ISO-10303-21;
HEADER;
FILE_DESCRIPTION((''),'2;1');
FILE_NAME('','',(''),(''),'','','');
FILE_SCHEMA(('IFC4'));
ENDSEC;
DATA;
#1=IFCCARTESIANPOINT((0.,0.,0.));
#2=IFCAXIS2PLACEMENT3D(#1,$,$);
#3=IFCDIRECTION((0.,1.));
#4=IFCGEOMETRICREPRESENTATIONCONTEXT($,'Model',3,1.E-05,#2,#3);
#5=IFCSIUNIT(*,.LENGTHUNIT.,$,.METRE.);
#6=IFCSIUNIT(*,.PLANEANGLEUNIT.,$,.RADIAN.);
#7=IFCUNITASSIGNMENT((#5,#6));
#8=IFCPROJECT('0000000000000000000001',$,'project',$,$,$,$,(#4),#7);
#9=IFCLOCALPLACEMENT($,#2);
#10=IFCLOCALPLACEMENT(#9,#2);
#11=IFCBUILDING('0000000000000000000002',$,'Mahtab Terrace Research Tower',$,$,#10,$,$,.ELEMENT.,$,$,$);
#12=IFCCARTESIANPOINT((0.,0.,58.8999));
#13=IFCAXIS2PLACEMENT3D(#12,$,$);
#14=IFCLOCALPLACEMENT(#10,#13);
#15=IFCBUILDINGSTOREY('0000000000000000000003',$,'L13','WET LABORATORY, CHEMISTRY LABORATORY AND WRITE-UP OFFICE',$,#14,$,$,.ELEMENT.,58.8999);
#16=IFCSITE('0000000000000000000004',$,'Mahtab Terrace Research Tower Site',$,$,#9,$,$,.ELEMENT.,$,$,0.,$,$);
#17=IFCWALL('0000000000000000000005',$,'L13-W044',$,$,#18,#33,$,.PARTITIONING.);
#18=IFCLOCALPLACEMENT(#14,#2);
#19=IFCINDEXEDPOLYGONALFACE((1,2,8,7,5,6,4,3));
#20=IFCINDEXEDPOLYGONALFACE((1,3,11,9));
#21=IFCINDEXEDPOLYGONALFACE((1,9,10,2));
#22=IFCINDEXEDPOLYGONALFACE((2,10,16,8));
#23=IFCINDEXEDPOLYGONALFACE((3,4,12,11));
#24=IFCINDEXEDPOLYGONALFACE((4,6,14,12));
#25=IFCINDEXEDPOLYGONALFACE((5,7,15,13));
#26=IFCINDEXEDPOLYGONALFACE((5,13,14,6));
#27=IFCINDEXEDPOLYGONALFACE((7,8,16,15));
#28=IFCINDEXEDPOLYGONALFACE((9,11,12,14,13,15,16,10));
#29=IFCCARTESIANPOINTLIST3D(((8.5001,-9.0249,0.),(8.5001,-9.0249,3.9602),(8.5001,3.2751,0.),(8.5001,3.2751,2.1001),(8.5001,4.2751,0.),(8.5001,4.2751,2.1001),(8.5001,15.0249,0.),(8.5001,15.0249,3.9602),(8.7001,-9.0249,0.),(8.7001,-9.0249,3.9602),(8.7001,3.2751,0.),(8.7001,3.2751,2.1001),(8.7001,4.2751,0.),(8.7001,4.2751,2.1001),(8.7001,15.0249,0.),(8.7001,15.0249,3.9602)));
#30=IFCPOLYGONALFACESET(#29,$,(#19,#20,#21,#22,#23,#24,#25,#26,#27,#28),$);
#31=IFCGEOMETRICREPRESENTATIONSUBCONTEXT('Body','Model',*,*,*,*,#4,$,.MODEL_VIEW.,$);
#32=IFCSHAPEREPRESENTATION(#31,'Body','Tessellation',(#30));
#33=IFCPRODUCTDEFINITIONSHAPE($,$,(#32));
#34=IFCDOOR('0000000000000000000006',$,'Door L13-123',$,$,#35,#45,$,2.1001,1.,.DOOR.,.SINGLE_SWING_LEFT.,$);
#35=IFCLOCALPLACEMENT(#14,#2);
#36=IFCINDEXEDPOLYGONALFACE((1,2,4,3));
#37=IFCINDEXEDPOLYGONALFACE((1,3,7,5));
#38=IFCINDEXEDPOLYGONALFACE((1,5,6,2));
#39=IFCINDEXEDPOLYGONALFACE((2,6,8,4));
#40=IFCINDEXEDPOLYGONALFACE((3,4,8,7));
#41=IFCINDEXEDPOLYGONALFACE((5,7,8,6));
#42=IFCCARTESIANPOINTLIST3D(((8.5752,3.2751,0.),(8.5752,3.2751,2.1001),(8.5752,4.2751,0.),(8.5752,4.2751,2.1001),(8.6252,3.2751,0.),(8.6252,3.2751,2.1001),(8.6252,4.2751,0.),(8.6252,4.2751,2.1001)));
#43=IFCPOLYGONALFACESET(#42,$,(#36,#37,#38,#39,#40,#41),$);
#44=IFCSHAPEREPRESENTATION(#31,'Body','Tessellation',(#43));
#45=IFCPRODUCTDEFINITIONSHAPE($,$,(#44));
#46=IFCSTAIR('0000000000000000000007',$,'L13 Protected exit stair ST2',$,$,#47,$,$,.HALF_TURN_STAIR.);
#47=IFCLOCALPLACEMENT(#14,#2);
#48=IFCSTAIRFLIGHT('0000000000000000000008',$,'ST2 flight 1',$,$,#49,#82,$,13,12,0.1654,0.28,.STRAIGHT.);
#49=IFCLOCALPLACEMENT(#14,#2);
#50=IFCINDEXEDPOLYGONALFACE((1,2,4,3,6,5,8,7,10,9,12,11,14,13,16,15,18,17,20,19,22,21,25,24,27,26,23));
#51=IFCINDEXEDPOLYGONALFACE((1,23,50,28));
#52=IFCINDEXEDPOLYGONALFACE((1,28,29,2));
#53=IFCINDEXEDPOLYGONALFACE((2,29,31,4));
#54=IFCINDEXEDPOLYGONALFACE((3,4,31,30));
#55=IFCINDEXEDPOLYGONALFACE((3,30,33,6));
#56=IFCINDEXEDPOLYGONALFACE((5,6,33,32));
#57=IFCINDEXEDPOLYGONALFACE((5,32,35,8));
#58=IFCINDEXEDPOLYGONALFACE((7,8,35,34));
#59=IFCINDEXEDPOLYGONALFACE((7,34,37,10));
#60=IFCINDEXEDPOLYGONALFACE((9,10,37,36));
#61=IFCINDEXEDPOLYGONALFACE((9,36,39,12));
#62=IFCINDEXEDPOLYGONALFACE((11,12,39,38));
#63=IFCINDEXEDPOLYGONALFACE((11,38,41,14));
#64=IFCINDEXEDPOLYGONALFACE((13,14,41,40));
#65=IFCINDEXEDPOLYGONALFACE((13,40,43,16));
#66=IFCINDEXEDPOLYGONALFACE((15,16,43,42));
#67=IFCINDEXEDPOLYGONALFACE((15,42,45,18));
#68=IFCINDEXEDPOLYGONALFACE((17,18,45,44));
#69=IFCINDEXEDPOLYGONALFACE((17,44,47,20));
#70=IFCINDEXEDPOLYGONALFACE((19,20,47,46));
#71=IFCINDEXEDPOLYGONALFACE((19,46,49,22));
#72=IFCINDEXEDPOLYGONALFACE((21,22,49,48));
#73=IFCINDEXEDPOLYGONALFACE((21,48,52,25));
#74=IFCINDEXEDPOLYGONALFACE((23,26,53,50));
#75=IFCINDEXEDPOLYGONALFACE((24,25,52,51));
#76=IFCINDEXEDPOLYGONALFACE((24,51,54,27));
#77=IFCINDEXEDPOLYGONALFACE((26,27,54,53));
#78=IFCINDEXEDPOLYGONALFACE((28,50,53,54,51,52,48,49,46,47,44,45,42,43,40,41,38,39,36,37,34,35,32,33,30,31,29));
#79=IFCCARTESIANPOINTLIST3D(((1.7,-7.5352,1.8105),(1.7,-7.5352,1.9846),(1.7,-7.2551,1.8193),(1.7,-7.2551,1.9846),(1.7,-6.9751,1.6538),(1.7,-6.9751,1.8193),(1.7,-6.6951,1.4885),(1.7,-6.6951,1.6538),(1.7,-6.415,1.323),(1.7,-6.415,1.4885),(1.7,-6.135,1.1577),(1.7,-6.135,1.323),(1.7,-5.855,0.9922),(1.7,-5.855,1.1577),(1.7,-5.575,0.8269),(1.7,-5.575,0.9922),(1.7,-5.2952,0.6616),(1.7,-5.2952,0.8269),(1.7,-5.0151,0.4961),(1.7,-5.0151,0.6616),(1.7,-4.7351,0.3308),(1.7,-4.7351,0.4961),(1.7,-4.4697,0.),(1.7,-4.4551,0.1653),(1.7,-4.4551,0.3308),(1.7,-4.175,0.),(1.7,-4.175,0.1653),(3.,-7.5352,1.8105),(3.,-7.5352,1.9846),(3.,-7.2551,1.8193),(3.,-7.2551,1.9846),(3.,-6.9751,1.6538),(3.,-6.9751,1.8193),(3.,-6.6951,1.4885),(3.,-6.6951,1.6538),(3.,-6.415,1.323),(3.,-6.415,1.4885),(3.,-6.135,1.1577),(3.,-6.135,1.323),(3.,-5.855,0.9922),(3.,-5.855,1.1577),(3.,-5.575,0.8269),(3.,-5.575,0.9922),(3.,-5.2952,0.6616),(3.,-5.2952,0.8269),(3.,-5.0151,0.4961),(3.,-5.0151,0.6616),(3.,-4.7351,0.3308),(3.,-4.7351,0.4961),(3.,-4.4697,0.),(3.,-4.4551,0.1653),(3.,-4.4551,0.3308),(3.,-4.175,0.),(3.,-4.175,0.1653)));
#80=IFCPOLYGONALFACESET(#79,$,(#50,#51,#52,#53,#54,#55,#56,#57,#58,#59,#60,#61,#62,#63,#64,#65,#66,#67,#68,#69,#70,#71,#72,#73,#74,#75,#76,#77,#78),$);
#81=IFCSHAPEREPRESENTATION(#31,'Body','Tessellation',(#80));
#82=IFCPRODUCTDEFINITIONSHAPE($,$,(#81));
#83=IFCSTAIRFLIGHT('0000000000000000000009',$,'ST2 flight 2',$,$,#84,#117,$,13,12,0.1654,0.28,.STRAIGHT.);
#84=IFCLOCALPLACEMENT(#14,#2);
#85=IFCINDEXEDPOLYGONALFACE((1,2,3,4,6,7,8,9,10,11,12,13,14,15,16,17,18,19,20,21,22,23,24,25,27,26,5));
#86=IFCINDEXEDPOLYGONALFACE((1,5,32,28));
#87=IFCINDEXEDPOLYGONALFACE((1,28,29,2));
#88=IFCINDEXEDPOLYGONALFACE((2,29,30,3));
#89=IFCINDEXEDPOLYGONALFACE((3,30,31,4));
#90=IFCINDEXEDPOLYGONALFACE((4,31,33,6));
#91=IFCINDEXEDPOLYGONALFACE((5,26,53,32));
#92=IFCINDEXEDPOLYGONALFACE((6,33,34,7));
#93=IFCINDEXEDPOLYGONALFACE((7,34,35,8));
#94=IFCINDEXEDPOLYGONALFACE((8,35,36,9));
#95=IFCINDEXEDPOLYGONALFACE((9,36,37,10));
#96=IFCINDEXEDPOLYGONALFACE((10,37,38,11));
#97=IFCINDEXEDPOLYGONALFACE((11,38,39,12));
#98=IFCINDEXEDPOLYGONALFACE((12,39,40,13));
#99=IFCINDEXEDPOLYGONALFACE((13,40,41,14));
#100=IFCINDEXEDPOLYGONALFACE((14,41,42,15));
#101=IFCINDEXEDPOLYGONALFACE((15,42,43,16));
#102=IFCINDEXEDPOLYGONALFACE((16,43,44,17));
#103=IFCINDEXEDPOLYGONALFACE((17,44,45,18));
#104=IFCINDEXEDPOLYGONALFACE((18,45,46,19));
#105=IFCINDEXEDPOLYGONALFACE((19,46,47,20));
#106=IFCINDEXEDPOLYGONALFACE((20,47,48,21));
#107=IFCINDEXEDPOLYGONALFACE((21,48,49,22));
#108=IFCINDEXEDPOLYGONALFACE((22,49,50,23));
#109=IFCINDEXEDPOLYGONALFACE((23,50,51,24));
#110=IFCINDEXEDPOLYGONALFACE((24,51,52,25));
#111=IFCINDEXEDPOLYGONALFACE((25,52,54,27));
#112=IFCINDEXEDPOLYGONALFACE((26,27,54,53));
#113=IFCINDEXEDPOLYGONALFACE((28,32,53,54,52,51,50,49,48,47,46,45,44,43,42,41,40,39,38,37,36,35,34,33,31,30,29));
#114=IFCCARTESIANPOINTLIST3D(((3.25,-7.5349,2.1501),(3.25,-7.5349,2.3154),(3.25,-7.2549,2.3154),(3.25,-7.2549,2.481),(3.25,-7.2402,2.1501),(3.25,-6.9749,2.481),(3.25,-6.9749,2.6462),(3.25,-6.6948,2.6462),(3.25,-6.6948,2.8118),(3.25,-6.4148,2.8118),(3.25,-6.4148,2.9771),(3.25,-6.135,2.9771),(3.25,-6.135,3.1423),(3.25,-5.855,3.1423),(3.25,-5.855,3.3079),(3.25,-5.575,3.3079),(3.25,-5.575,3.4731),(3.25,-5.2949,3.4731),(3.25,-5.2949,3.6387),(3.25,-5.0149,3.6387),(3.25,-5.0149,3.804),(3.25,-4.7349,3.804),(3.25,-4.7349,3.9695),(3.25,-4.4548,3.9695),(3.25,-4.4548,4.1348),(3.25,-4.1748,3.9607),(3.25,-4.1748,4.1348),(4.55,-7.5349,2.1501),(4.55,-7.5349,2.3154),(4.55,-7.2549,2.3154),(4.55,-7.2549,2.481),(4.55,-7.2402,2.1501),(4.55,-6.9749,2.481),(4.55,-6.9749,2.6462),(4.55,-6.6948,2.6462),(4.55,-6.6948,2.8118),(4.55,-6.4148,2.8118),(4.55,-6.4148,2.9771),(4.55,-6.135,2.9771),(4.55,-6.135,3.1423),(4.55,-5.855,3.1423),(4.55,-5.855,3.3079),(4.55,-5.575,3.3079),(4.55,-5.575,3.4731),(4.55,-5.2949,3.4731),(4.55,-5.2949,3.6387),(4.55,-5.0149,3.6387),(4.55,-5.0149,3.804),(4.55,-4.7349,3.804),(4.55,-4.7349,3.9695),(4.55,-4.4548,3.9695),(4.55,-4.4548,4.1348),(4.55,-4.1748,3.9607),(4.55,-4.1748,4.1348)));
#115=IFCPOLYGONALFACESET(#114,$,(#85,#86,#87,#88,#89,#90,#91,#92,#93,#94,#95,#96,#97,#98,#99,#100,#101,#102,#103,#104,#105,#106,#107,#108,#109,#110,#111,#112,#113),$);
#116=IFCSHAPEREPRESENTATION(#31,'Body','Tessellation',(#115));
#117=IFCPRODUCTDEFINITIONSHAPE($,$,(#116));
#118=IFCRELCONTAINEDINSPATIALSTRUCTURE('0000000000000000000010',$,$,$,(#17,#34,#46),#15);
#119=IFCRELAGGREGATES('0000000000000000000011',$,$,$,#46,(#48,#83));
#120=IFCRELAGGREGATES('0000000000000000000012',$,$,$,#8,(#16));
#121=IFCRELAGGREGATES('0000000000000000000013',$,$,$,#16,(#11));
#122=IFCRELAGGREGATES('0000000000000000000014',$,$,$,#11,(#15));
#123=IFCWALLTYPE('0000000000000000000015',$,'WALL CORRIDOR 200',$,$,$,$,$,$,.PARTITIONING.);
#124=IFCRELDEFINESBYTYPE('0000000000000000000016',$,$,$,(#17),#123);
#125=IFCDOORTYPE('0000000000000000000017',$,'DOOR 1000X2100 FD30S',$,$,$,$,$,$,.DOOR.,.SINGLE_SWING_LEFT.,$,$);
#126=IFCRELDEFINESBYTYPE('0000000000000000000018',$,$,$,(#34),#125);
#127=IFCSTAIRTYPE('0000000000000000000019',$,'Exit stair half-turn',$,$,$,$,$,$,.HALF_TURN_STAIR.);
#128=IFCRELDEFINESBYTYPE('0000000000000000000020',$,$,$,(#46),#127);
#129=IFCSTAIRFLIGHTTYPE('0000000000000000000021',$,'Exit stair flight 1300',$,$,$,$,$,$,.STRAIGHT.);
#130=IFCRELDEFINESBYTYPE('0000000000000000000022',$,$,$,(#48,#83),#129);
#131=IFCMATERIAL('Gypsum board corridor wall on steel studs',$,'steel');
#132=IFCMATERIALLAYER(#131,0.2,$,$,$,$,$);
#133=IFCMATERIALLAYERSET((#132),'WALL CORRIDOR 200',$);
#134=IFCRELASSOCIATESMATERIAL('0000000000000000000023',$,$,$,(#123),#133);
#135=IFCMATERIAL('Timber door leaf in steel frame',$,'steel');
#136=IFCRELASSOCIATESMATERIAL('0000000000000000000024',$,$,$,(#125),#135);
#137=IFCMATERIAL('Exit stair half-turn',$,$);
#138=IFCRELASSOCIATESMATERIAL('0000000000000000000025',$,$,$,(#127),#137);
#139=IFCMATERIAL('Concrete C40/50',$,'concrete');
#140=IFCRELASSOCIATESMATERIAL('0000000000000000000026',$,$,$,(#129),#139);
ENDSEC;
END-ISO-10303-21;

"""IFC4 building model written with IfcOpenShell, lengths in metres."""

from ifc_helpers import new_model, si_unit, direction, frame, frame_2d, origin, place, context, subcontext, project, spatial, polyline, rectangle, outline, extrude, material, layer, layer_set, type_object, element, fill, aggregate, save


model = new_model("IFC4")

# Units and contexts
model_context = context("Model", 3, precision=1e-05, world=origin(), true_north=direction((0.0, 1.0)))
body_context = subcontext(model_context, "Body", "Model", "MODEL_VIEW")
ifc_project = project(units=[si_unit("LENGTHUNIT", "METRE"), si_unit("PLANEANGLEUNIT", "RADIAN")], contexts=[model_context])

# Site, building, storey
site_placement = place(None, origin())
site = spatial("IfcSite", under=ifc_project, at=site_placement, Name="Mahtab Terrace Research Tower Site", CompositionType="ELEMENT", RefElevation=0.0)
building_placement = place(site_placement, origin())
building = spatial("IfcBuilding", under=site, at=building_placement, Name="Mahtab Terrace Research Tower", CompositionType="ELEMENT")
storey_placement = place(building_placement, frame((0.0, 0.0, 58.8999)))
storey = spatial("IfcBuildingStorey", under=building, at=storey_placement, Name="L13", Description="WET LABORATORY, CHEMISTRY LABORATORY AND WRITE-UP OFFICE", CompositionType="ELEMENT", Elevation=58.8999)

# Shared definitions
ifc_material_1 = material(Name="Concrete C40/50", Category="concrete")

# Wall, opening, door
ifc_material_2 = material(Name="Gypsum board corridor wall on steel studs", Category="steel")
ifc_layer_1 = layer(ifc_material_2, 0.2)
ifc_layer_set_1 = layer_set([ifc_layer_1], Name="WALL CORRIDOR 200")
wall_type_1 = type_object("IfcWallType", Name="WALL CORRIDOR 200", PredefinedType="PARTITIONING", material=ifc_layer_set_1)
wall_1_placement = place(storey_placement, frame((8.6001, -9.0249, 0.0), z_axis=(0.0, 0.0, 1.0), x_axis=(0.0, 1.0, 0.0)))
wall_1 = element("IfcWall", 1, at=wall_1_placement, inside=storey, type_object=wall_type_1, Name="L13-W044", PredefinedType="PARTITIONING", context=body_context, shape_type="SweptSolid", body=[
    extrude(rectangle(XDim=24.0498, YDim=0.2, at=frame_2d((12.0249, 0.0))), origin(), (0.0, 0.0, 1.0), 3.9602),
])
opening_1_placement = place(wall_1_placement, frame((12.3, 0.0, 0.0)))
opening_1 = element("IfcOpeningElement", 2, at=opening_1_placement, cuts=wall_1, PredefinedType="OPENING", context=body_context, shape_type="SweptSolid", body=[
    extrude(rectangle(XDim=1.0, YDim=2.1001, at=frame_2d((0.5, 1.05))), frame((0.0, 0.1099, 0.0), z_axis=(0.0, -1.0, 0.0), x_axis=(1.0, 0.0, 0.0)), (0.0, 0.0, 1.0), 0.22),
])
ifc_material_3 = material(Name="Timber door leaf in steel frame", Category="steel")
door_type_1 = type_object("IfcDoorType", Name="DOOR 1000X2100 FD30S", OperationType="SINGLE_SWING_LEFT", PredefinedType="DOOR", material=ifc_material_3)
door_1_placement = place(opening_1_placement, origin())
door_1 = element("IfcDoor", 3, at=door_1_placement, inside=storey, type_object=door_type_1, Name="Door L13-123", OperationType="SINGLE_SWING_LEFT", OverallHeight=2.1001, OverallWidth=1.0, PredefinedType="DOOR", context=body_context, shape_type="SweptSolid", body=[
    extrude(rectangle(XDim=1.0, YDim=2.1001, at=frame_2d((0.5, 1.05))), frame((0.0, 0.0249, 0.0), z_axis=(0.0, -1.0, 0.0), x_axis=(1.0, 0.0, 0.0)), (0.0, 0.0, 1.0), 0.05),
])
fill(opening_1, door_1)

# Stair, stair flights
ifc_material_4 = material(Name="Exit stair half-turn")
stair_type = type_object("IfcStairType", Name="Exit stair half-turn", PredefinedType="HALF_TURN_STAIR", material=ifc_material_4)
stair_placement = place(storey_placement, origin())
stair = element("IfcStair", 4, at=stair_placement, inside=storey, type_object=stair_type, Name="L13 Protected exit stair ST2", PredefinedType="HALF_TURN_STAIR")
stair_flight_type = type_object("IfcStairFlightType", Name="Exit stair flight 1300", PredefinedType="STRAIGHT", material=ifc_material_1)
stair_flight_1_placement = place(storey_placement, frame((2.3501, -4.175, 0.0), z_axis=(0.0, 0.0, 1.0), x_axis=(0.0, -1.0, 0.0)))
stair_flight_1 = element("IfcStairFlight", 5, at=stair_flight_1_placement, type_object=stair_flight_type, Name="ST2 flight 1", NumberOfRisers=13, NumberOfTreads=12, PredefinedType="STRAIGHT", RiserHeight=0.1654, TreadLength=0.28, context=body_context, shape_type="SweptSolid", body=[
    extrude(outline(polyline([(0.0, 0.0), (0.0, 0.1653), (0.28, 0.1653), (0.28, 0.3308), (0.5601, 0.3308), (0.5601, 0.4961), (0.8401, 0.4961), (0.8401, 0.6616), (1.1201, 0.6616), (1.1201, 0.8269), (1.3999, 0.8269), (1.3999, 0.9922), (1.6799, 0.9922), (1.6799, 1.1577), (1.96, 1.1577), (1.96, 1.323), (2.24, 1.323), (2.24, 1.4885), (2.52, 1.4885), (2.52, 1.6538), (2.8, 1.6538), (2.8, 1.8193), (3.0801, 1.8193), (3.0801, 1.9846), (3.3601, 1.9846), (3.3601, 2.1499), (3.3601, 1.8105), (0.2947, 0.0), (0.0, 0.0)])), frame((0.0, 0.6499, 0.0), z_axis=(0.0, -1.0, 0.0), x_axis=(1.0, 0.0, 0.0)), (0.0, 0.0, 1.0), 1.3),
])
stair_flight_2_placement = place(storey_placement, frame((3.8999, -7.5349, 2.1501), z_axis=(0.0, 0.0, 1.0), x_axis=(0.0, 1.0, 0.0)))
stair_flight_2 = element("IfcStairFlight", 6, at=stair_flight_2_placement, type_object=stair_flight_type, Name="ST2 flight 2", NumberOfRisers=13, NumberOfTreads=12, PredefinedType="STRAIGHT", RiserHeight=0.1654, TreadLength=0.28, context=body_context, shape_type="SweptSolid", body=[
    extrude(outline(polyline([(0.0, 0.0), (0.0, 0.1653), (0.28, 0.1653), (0.28, 0.3308), (0.5601, 0.3308), (0.5601, 0.4961), (0.8401, 0.4961), (0.8401, 0.6616), (1.1201, 0.6616), (1.1201, 0.8269), (1.3999, 0.8269), (1.3999, 0.9922), (1.6799, 0.9922), (1.6799, 1.1577), (1.96, 1.1577), (1.96, 1.323), (2.24, 1.323), (2.24, 1.4885), (2.52, 1.4885), (2.52, 1.6538), (2.8, 1.6538), (2.8, 1.8193), (3.0801, 1.8193), (3.0801, 1.9846), (3.3601, 1.9846), (3.3601, 2.1499), (3.3601, 1.8105), (0.2947, 0.0), (0.0, 0.0)])), frame((0.0, 0.6499, 0.0), z_axis=(0.0, -1.0, 0.0), x_axis=(1.0, 0.0, 0.0)), (0.0, 0.0, 1.0), 1.3),
])
aggregate(stair, [stair_flight_1, stair_flight_2])

save(model, "model.ifc")
